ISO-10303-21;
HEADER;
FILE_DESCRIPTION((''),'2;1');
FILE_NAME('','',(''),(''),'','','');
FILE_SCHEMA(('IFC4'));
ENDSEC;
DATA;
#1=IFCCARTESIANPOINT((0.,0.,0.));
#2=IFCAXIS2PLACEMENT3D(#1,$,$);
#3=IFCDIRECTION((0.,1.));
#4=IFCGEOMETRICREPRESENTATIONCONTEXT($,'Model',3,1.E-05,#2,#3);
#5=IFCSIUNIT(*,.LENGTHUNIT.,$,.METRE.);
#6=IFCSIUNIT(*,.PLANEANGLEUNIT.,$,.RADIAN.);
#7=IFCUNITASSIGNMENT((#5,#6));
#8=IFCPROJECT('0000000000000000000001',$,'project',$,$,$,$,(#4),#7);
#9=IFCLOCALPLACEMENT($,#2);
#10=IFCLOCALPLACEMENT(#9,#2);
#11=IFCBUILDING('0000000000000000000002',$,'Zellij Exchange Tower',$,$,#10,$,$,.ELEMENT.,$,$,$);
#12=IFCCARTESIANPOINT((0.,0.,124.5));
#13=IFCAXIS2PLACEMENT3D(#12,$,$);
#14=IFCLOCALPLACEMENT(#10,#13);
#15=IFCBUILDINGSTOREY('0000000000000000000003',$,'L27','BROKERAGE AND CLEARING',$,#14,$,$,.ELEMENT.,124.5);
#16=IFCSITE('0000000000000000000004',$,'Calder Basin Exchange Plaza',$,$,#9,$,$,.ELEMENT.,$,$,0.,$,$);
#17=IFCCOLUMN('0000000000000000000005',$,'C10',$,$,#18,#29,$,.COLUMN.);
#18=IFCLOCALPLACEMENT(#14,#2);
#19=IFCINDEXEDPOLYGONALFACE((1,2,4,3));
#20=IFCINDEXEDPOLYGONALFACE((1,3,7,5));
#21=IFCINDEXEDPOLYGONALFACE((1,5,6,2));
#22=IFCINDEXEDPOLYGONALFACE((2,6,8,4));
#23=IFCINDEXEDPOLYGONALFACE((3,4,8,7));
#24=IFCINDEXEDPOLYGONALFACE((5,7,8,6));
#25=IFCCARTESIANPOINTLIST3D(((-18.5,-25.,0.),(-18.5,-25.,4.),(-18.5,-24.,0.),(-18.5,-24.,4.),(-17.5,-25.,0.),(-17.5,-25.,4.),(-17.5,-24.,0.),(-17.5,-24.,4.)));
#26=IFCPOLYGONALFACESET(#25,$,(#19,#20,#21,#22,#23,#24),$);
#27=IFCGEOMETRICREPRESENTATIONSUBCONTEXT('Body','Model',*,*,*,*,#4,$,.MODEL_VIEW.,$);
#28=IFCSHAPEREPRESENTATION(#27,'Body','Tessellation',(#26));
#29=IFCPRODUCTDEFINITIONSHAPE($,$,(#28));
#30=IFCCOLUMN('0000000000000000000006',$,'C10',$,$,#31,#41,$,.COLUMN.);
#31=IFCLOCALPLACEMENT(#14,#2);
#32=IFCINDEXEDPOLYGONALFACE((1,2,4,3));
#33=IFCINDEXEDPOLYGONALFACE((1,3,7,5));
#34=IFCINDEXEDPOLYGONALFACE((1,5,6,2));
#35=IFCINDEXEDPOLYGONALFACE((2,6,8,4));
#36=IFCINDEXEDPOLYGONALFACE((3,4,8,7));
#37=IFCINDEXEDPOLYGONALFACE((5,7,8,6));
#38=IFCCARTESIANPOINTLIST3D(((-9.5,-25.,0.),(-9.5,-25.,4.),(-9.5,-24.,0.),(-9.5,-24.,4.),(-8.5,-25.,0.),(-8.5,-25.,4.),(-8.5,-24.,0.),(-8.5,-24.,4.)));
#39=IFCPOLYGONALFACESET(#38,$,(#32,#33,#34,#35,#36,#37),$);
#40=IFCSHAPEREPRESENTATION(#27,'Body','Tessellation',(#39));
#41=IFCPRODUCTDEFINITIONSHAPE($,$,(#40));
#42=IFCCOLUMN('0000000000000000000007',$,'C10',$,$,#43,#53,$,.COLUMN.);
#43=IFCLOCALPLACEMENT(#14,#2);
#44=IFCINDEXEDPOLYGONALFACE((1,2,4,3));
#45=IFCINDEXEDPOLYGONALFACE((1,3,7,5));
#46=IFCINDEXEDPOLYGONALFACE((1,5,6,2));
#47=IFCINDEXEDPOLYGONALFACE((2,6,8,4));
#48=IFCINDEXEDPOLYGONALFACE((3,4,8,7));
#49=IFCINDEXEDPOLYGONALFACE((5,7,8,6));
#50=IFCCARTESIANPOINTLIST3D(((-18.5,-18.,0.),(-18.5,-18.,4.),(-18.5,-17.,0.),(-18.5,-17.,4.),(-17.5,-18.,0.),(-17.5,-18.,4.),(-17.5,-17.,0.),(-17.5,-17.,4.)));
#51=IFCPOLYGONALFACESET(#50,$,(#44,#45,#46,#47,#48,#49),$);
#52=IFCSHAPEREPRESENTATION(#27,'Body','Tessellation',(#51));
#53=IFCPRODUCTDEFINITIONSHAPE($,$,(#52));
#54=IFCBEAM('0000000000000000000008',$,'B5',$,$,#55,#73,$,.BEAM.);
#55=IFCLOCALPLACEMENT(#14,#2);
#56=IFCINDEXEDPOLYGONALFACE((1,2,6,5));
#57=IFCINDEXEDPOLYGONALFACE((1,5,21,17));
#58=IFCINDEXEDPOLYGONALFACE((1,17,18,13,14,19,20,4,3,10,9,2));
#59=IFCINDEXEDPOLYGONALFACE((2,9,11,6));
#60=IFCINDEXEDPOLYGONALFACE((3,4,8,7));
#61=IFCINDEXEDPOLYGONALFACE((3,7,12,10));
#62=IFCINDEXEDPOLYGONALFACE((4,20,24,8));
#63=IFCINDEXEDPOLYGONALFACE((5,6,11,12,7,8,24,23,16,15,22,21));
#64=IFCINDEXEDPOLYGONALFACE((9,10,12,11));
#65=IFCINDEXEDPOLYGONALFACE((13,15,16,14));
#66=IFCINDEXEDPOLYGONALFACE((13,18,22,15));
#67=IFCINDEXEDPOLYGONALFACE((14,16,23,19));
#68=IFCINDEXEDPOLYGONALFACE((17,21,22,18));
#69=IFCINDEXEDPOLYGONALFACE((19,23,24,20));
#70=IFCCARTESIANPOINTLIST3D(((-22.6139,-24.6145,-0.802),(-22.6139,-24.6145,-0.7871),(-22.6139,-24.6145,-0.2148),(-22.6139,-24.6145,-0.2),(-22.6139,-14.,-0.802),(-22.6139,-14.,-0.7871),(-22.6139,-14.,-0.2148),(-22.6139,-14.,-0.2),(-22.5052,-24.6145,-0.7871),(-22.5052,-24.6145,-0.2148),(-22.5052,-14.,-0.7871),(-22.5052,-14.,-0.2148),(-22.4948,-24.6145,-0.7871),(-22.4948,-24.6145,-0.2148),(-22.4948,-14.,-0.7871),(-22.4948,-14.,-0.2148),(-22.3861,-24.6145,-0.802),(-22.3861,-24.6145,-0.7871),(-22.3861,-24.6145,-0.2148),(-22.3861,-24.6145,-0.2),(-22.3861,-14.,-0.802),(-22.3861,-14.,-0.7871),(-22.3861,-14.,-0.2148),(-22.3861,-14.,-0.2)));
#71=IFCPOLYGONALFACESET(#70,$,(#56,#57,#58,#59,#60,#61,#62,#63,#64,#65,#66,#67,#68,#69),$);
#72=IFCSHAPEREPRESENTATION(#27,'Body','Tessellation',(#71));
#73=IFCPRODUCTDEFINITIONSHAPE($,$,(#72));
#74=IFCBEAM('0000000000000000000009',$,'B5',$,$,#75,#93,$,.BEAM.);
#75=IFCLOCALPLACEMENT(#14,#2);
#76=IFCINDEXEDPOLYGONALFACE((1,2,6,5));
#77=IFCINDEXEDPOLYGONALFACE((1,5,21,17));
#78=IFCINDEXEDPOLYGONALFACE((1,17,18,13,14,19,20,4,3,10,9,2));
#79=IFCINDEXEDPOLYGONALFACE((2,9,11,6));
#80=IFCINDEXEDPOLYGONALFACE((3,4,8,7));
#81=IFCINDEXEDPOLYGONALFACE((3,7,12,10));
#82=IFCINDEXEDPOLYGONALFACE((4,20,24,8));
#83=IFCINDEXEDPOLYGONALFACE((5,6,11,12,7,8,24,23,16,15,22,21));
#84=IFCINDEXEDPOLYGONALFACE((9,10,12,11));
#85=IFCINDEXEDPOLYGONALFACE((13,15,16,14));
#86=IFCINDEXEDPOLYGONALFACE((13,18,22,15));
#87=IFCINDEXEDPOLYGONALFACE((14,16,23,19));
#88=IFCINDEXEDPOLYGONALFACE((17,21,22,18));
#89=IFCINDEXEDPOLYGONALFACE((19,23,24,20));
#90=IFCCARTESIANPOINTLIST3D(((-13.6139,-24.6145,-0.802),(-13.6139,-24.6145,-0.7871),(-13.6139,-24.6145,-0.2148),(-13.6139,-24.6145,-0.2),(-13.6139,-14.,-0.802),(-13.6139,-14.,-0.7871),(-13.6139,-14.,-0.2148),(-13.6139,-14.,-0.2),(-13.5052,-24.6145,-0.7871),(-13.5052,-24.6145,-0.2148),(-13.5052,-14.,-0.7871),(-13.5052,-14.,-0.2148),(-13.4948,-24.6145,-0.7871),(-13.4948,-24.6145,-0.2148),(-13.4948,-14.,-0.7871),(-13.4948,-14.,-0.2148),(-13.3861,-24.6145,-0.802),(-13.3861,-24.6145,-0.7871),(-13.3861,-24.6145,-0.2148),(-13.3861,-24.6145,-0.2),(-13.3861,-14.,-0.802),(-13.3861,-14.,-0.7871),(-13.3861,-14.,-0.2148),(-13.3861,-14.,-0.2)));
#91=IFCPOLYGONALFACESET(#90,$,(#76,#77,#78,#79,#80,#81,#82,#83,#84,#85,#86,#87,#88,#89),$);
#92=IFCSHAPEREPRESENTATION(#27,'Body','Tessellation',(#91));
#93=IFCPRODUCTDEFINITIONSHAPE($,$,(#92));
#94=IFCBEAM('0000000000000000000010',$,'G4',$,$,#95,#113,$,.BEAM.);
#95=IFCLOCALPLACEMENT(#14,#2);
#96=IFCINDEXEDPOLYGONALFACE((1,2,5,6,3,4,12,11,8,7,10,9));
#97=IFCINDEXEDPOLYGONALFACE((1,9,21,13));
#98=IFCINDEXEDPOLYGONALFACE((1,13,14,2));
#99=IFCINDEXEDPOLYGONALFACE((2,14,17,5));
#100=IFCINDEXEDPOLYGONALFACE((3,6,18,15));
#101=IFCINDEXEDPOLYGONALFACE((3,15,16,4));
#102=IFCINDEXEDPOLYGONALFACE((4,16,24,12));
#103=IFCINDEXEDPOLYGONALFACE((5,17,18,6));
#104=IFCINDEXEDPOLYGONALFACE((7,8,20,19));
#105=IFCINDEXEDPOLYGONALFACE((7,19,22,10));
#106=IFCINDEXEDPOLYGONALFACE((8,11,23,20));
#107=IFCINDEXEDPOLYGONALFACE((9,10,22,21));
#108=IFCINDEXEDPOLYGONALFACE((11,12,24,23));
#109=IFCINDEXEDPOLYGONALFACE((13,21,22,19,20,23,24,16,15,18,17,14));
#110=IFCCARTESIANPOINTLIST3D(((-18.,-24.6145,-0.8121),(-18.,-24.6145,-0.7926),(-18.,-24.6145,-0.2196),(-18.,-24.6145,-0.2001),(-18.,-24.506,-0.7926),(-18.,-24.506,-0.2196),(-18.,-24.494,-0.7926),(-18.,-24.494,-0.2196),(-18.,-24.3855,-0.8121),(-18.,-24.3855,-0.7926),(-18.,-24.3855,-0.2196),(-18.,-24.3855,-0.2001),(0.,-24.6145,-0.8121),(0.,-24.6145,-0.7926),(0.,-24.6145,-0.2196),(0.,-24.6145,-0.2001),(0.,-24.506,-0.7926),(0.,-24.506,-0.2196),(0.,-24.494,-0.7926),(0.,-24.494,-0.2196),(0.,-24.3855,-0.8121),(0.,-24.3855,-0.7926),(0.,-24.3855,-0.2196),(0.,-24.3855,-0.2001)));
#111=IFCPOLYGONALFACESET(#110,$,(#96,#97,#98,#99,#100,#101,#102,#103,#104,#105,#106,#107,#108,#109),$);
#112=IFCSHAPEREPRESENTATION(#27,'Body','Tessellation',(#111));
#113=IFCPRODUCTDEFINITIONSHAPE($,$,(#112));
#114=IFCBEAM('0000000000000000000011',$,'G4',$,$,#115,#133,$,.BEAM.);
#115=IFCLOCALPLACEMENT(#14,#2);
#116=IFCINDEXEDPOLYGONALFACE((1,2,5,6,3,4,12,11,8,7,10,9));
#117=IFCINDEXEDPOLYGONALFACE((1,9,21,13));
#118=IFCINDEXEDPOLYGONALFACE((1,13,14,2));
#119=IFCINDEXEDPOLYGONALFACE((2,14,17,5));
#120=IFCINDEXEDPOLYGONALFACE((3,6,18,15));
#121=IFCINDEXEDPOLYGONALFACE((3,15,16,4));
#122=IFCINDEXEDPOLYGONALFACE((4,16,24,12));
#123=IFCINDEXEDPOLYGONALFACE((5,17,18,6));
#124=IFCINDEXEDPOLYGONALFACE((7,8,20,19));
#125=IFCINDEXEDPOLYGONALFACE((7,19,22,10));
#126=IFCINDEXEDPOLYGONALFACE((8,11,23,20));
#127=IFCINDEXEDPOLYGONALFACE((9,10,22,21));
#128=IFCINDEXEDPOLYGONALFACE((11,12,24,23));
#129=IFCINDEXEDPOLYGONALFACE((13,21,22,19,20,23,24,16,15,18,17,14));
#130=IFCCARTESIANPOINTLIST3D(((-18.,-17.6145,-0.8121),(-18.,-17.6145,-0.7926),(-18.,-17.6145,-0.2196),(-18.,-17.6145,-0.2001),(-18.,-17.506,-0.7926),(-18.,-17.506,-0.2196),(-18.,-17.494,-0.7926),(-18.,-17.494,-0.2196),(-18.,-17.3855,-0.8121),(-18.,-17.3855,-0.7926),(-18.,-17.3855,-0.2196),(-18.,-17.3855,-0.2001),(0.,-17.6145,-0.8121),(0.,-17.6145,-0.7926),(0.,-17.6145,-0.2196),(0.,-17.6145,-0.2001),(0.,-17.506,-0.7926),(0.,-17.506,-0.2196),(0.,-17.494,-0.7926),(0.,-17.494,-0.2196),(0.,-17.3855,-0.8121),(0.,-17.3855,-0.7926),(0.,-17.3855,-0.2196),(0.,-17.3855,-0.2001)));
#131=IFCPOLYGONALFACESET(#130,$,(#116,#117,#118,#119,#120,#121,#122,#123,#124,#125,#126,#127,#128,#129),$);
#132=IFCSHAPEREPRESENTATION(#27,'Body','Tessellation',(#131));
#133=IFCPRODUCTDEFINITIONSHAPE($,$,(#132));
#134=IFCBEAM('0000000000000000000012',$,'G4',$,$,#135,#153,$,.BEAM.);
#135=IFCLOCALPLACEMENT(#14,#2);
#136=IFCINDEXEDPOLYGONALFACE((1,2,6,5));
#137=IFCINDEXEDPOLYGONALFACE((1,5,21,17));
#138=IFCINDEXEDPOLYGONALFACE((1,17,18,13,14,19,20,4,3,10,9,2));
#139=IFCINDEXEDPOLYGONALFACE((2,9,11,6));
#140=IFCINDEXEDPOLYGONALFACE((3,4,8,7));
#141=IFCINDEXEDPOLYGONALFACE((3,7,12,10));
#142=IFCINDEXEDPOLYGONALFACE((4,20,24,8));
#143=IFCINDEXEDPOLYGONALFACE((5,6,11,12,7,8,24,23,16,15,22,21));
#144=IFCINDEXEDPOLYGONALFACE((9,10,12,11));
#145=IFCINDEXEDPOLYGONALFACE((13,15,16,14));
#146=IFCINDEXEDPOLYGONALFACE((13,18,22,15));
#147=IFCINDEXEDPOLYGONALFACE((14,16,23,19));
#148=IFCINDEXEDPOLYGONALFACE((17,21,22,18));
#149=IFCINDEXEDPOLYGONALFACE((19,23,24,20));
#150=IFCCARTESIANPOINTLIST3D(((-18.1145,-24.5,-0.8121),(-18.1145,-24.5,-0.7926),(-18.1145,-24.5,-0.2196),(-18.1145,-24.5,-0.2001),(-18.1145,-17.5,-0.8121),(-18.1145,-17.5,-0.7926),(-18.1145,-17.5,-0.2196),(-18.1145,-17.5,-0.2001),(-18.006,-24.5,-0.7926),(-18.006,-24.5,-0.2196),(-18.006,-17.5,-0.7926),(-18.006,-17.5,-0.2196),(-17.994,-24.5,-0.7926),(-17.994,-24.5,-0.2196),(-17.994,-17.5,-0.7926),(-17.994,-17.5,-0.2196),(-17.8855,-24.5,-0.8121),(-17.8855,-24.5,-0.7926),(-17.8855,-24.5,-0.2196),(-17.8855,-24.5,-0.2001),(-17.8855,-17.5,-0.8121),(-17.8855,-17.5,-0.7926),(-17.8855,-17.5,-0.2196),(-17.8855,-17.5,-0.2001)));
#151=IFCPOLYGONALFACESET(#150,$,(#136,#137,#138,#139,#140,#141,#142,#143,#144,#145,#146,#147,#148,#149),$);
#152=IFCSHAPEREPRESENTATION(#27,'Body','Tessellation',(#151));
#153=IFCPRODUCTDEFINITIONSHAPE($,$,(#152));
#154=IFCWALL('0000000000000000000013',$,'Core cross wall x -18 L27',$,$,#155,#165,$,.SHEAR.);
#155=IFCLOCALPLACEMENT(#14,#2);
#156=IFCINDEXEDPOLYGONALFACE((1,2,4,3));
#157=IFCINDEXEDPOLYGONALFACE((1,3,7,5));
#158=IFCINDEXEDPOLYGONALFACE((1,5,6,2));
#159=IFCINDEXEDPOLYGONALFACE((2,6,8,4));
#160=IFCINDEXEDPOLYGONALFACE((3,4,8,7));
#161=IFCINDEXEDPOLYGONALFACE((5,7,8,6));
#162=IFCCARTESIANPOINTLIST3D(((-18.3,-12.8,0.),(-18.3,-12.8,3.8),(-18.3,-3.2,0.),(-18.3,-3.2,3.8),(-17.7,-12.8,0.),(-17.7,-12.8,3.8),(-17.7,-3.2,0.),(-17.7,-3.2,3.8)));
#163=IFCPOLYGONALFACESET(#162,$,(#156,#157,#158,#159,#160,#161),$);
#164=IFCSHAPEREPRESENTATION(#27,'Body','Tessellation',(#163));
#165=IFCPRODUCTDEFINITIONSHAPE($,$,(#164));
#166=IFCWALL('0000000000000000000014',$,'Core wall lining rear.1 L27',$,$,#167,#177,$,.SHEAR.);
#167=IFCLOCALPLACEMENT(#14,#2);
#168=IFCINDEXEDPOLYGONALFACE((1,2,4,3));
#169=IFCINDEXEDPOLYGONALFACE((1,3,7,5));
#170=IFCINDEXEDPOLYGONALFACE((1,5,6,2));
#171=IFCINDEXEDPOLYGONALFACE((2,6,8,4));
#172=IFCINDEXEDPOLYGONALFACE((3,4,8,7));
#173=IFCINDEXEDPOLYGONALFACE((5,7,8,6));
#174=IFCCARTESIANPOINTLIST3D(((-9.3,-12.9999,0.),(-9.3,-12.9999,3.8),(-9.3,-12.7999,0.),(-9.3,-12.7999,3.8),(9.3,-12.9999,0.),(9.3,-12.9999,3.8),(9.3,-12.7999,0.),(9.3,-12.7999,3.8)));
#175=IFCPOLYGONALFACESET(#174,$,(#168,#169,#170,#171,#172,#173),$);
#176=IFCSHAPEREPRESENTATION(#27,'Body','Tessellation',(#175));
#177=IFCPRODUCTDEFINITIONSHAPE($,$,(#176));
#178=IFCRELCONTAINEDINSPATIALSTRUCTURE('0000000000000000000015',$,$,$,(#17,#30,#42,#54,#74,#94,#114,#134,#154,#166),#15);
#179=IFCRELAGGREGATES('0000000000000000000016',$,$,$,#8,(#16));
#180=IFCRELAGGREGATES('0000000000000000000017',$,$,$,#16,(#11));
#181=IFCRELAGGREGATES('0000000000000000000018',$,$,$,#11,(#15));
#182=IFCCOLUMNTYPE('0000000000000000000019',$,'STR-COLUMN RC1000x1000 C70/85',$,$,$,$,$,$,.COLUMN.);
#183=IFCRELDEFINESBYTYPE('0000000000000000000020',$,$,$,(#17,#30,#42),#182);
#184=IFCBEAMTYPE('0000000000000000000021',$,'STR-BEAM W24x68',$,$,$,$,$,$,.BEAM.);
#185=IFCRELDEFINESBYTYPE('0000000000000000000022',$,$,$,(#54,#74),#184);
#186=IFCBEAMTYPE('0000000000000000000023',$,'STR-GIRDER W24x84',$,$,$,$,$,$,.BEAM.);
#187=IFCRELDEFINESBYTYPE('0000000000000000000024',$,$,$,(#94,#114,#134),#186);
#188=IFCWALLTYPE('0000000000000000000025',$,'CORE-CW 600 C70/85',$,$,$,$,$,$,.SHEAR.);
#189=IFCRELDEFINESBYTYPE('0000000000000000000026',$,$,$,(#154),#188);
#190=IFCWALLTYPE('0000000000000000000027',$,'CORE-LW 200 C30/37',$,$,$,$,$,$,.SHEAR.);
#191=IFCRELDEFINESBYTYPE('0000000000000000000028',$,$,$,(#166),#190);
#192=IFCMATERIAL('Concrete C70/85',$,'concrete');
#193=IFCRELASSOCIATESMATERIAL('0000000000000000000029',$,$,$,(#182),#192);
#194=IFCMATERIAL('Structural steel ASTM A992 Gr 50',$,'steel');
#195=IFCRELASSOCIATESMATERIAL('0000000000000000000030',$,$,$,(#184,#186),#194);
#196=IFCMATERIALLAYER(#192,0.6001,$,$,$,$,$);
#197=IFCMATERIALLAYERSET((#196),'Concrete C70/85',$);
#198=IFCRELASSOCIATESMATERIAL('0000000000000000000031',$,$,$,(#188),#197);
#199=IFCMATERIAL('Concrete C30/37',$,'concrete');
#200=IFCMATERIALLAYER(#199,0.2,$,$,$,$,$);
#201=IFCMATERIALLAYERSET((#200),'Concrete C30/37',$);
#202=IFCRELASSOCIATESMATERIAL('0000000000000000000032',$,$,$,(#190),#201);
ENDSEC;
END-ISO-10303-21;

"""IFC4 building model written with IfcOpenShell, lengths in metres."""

from ifc_helpers import new_model, si_unit, direction, frame, frame_2d, origin, origin_2d, place, context, subcontext, project, spatial, rectangle, i_section, extrude, material, layer, layer_set, material_profile, profile_set, type_object, element, save


model = new_model("IFC4")

# Units and contexts
model_context = context("Model", 3, precision=1e-05, world=origin(), true_north=direction((0.0, 1.0)))
body_context = subcontext(model_context, "Body", "Model", "MODEL_VIEW")
ifc_project = project(units=[si_unit("LENGTHUNIT", "METRE"), si_unit("PLANEANGLEUNIT", "RADIAN")], contexts=[model_context])

# Site, building, storey
site_placement = place(None, origin())
site = spatial("IfcSite", under=ifc_project, at=site_placement, Name="Calder Basin Exchange Plaza", CompositionType="ELEMENT", RefElevation=0.0)
building_placement = place(site_placement, origin())
building = spatial("IfcBuilding", under=site, at=building_placement, Name="Zellij Exchange Tower", CompositionType="ELEMENT")
storey_placement = place(building_placement, frame((0.0, 0.0, 124.5)))
storey = spatial("IfcBuildingStorey", under=building, at=storey_placement, Name="L27", Description="BROKERAGE AND CLEARING", CompositionType="ELEMENT", Elevation=124.5)

# Columns
ifc_material_1 = material(Name="Concrete C70/85", Category="concrete")
ifc_material_profile_1 = material_profile(ifc_material_1, rectangle(XDim=1.0, YDim=1.0, at=origin_2d()), Name="STR-COLUMN RC1000x1000 C70/85")
ifc_profile_set_1 = profile_set([ifc_material_profile_1], Name="Concrete C70/85")
column_type = type_object("IfcColumnType", Name="STR-COLUMN RC1000x1000 C70/85", PredefinedType="COLUMN", material=ifc_profile_set_1)
for number, where, z_axis, x_axis, name in (
    (1, (-18.0, -24.5, 0.0), (0.0, 0.0, 1.0), (1.0, 0.0, 0.0), "C10"),
    (2, (-9.0, -24.5, 0.0), (0.0, 0.0, 1.0), (1.0, 0.0, 0.0), "C10"),
    (3, (-18.0, -17.5, 0.0), (0.0, 0.0, 1.0), (1.0, 0.0, 0.0), "C10"),
):
    element("IfcColumn", number, at=place(storey_placement, frame(where, z_axis=z_axis, x_axis=x_axis)), inside=storey, type_object=column_type, Name=name, PredefinedType="COLUMN", context=body_context, shape_type="SweptSolid", body=[
        extrude(rectangle(XDim=1.0, YDim=1.0, at=origin_2d()), origin(), (0.0, 0.0, 1.0), 4.0),
    ])

# Beams
ifc_material_2 = material(Name="Structural steel ASTM A992 Gr 50", Category="steel")
ifc_material_profile_2 = material_profile(ifc_material_2, i_section(OverallWidth=0.2278, OverallDepth=0.6021, WebThickness=0.0105, FlangeThickness=0.0149, at=origin_2d()), Name="W24x68")
ifc_profile_set_2 = profile_set([ifc_material_profile_2], Name="Structural steel ASTM A992 Gr 50")
beam_type_1 = type_object("IfcBeamType", Name="STR-BEAM W24x68", PredefinedType="BEAM", material=ifc_profile_set_2)
for number, where, z_axis, x_axis, name in (
    (4, (-22.5, -24.6145, -0.501), (0.0, 1.0, 0.0), (-1.0, 0.0, 0.0), "B5"),
    (5, (-13.5, -24.6145, -0.501), (0.0, 1.0, 0.0), (-1.0, 0.0, 0.0), "B5"),
):
    element("IfcBeam", number, at=place(storey_placement, frame(where, z_axis=z_axis, x_axis=x_axis)), inside=storey, type_object=beam_type_1, Name=name, PredefinedType="BEAM", context=body_context, shape_type="SweptSolid", body=[
        extrude(i_section(OverallWidth=0.2278, OverallDepth=0.6021, WebThickness=0.0105, FlangeThickness=0.0149, at=origin_2d()), origin(), (0.0, 0.0, 1.0), 10.6145),
    ])
ifc_material_profile_3 = material_profile(ifc_material_2, i_section(OverallWidth=0.229, OverallDepth=0.6121, WebThickness=0.012, FlangeThickness=0.0195, at=origin_2d()), Name="W24x84")
ifc_profile_set_3 = profile_set([ifc_material_profile_3], Name="Structural steel ASTM A992 Gr 50")
beam_type_2 = type_object("IfcBeamType", Name="STR-GIRDER W24x84", PredefinedType="BEAM", material=ifc_profile_set_3)
for number, where, z_axis, x_axis, name in (
    (6, (-18.0, -24.5, -0.5061), (1.0, 0.0, 0.0), (0.0, 1.0, 0.0), "G4"),
    (7, (-18.0, -17.5, -0.5061), (1.0, 0.0, 0.0), (0.0, 1.0, 0.0), "G4"),
):
    element("IfcBeam", number, at=place(storey_placement, frame(where, z_axis=z_axis, x_axis=x_axis)), inside=storey, type_object=beam_type_2, Name=name, PredefinedType="BEAM", context=body_context, shape_type="SweptSolid", body=[
        extrude(i_section(OverallWidth=0.229, OverallDepth=0.6121, WebThickness=0.012, FlangeThickness=0.0195, at=origin_2d()), origin(), (0.0, 0.0, 1.0), 18.0),
    ])
beam_placement = place(storey_placement, frame((-18.0, -24.5, -0.5061), z_axis=(0.0, 1.0, 0.0), x_axis=(-1.0, 0.0, 0.0)))
element("IfcBeam", 8, at=beam_placement, inside=storey, type_object=beam_type_2, Name="G4", PredefinedType="BEAM", context=body_context, shape_type="SweptSolid", body=[
    extrude(i_section(OverallWidth=0.229, OverallDepth=0.6121, WebThickness=0.012, FlangeThickness=0.0195, at=origin_2d()), origin(), (0.0, 0.0, 1.0), 7.0),
])

# Walls
ifc_layer_1 = layer(ifc_material_1, 0.6001)
ifc_layer_set_1 = layer_set([ifc_layer_1], Name="Concrete C70/85")
wall_type_1 = type_object("IfcWallType", Name="CORE-CW 600 C70/85", PredefinedType="SHEAR", material=ifc_layer_set_1)
wall_1_placement = place(storey_placement, frame((-18.0, -12.8, 0.0), z_axis=(0.0, 0.0, 1.0), x_axis=(0.0, 1.0, 0.0)))
element("IfcWall", 9, at=wall_1_placement, inside=storey, type_object=wall_type_1, Name="Core cross wall x -18 L27", PredefinedType="SHEAR", context=body_context, shape_type="SweptSolid", body=[
    extrude(rectangle(XDim=9.6001, YDim=0.6001, at=frame_2d((4.8, 0.0))), origin(), (0.0, 0.0, 1.0), 3.8),
])
ifc_material_3 = material(Name="Concrete C30/37", Category="concrete")
ifc_layer_2 = layer(ifc_material_3, 0.2)
ifc_layer_set_2 = layer_set([ifc_layer_2], Name="Concrete C30/37")
wall_type_2 = type_object("IfcWallType", Name="CORE-LW 200 C30/37", PredefinedType="SHEAR", material=ifc_layer_set_2)
wall_2_placement = place(storey_placement, frame((-9.3, -12.8999, 0.0), z_axis=(0.0, 0.0, 1.0), x_axis=(1.0, 0.0, 0.0)))
element("IfcWall", 10, at=wall_2_placement, inside=storey, type_object=wall_type_2, Name="Core wall lining rear.1 L27", PredefinedType="SHEAR", context=body_context, shape_type="SweptSolid", body=[
    extrude(rectangle(XDim=18.6001, YDim=0.2, at=frame_2d((9.3, 0.0))), origin(), (0.0, 0.0, 1.0), 3.8),
])

save(model, "model.ifc")
